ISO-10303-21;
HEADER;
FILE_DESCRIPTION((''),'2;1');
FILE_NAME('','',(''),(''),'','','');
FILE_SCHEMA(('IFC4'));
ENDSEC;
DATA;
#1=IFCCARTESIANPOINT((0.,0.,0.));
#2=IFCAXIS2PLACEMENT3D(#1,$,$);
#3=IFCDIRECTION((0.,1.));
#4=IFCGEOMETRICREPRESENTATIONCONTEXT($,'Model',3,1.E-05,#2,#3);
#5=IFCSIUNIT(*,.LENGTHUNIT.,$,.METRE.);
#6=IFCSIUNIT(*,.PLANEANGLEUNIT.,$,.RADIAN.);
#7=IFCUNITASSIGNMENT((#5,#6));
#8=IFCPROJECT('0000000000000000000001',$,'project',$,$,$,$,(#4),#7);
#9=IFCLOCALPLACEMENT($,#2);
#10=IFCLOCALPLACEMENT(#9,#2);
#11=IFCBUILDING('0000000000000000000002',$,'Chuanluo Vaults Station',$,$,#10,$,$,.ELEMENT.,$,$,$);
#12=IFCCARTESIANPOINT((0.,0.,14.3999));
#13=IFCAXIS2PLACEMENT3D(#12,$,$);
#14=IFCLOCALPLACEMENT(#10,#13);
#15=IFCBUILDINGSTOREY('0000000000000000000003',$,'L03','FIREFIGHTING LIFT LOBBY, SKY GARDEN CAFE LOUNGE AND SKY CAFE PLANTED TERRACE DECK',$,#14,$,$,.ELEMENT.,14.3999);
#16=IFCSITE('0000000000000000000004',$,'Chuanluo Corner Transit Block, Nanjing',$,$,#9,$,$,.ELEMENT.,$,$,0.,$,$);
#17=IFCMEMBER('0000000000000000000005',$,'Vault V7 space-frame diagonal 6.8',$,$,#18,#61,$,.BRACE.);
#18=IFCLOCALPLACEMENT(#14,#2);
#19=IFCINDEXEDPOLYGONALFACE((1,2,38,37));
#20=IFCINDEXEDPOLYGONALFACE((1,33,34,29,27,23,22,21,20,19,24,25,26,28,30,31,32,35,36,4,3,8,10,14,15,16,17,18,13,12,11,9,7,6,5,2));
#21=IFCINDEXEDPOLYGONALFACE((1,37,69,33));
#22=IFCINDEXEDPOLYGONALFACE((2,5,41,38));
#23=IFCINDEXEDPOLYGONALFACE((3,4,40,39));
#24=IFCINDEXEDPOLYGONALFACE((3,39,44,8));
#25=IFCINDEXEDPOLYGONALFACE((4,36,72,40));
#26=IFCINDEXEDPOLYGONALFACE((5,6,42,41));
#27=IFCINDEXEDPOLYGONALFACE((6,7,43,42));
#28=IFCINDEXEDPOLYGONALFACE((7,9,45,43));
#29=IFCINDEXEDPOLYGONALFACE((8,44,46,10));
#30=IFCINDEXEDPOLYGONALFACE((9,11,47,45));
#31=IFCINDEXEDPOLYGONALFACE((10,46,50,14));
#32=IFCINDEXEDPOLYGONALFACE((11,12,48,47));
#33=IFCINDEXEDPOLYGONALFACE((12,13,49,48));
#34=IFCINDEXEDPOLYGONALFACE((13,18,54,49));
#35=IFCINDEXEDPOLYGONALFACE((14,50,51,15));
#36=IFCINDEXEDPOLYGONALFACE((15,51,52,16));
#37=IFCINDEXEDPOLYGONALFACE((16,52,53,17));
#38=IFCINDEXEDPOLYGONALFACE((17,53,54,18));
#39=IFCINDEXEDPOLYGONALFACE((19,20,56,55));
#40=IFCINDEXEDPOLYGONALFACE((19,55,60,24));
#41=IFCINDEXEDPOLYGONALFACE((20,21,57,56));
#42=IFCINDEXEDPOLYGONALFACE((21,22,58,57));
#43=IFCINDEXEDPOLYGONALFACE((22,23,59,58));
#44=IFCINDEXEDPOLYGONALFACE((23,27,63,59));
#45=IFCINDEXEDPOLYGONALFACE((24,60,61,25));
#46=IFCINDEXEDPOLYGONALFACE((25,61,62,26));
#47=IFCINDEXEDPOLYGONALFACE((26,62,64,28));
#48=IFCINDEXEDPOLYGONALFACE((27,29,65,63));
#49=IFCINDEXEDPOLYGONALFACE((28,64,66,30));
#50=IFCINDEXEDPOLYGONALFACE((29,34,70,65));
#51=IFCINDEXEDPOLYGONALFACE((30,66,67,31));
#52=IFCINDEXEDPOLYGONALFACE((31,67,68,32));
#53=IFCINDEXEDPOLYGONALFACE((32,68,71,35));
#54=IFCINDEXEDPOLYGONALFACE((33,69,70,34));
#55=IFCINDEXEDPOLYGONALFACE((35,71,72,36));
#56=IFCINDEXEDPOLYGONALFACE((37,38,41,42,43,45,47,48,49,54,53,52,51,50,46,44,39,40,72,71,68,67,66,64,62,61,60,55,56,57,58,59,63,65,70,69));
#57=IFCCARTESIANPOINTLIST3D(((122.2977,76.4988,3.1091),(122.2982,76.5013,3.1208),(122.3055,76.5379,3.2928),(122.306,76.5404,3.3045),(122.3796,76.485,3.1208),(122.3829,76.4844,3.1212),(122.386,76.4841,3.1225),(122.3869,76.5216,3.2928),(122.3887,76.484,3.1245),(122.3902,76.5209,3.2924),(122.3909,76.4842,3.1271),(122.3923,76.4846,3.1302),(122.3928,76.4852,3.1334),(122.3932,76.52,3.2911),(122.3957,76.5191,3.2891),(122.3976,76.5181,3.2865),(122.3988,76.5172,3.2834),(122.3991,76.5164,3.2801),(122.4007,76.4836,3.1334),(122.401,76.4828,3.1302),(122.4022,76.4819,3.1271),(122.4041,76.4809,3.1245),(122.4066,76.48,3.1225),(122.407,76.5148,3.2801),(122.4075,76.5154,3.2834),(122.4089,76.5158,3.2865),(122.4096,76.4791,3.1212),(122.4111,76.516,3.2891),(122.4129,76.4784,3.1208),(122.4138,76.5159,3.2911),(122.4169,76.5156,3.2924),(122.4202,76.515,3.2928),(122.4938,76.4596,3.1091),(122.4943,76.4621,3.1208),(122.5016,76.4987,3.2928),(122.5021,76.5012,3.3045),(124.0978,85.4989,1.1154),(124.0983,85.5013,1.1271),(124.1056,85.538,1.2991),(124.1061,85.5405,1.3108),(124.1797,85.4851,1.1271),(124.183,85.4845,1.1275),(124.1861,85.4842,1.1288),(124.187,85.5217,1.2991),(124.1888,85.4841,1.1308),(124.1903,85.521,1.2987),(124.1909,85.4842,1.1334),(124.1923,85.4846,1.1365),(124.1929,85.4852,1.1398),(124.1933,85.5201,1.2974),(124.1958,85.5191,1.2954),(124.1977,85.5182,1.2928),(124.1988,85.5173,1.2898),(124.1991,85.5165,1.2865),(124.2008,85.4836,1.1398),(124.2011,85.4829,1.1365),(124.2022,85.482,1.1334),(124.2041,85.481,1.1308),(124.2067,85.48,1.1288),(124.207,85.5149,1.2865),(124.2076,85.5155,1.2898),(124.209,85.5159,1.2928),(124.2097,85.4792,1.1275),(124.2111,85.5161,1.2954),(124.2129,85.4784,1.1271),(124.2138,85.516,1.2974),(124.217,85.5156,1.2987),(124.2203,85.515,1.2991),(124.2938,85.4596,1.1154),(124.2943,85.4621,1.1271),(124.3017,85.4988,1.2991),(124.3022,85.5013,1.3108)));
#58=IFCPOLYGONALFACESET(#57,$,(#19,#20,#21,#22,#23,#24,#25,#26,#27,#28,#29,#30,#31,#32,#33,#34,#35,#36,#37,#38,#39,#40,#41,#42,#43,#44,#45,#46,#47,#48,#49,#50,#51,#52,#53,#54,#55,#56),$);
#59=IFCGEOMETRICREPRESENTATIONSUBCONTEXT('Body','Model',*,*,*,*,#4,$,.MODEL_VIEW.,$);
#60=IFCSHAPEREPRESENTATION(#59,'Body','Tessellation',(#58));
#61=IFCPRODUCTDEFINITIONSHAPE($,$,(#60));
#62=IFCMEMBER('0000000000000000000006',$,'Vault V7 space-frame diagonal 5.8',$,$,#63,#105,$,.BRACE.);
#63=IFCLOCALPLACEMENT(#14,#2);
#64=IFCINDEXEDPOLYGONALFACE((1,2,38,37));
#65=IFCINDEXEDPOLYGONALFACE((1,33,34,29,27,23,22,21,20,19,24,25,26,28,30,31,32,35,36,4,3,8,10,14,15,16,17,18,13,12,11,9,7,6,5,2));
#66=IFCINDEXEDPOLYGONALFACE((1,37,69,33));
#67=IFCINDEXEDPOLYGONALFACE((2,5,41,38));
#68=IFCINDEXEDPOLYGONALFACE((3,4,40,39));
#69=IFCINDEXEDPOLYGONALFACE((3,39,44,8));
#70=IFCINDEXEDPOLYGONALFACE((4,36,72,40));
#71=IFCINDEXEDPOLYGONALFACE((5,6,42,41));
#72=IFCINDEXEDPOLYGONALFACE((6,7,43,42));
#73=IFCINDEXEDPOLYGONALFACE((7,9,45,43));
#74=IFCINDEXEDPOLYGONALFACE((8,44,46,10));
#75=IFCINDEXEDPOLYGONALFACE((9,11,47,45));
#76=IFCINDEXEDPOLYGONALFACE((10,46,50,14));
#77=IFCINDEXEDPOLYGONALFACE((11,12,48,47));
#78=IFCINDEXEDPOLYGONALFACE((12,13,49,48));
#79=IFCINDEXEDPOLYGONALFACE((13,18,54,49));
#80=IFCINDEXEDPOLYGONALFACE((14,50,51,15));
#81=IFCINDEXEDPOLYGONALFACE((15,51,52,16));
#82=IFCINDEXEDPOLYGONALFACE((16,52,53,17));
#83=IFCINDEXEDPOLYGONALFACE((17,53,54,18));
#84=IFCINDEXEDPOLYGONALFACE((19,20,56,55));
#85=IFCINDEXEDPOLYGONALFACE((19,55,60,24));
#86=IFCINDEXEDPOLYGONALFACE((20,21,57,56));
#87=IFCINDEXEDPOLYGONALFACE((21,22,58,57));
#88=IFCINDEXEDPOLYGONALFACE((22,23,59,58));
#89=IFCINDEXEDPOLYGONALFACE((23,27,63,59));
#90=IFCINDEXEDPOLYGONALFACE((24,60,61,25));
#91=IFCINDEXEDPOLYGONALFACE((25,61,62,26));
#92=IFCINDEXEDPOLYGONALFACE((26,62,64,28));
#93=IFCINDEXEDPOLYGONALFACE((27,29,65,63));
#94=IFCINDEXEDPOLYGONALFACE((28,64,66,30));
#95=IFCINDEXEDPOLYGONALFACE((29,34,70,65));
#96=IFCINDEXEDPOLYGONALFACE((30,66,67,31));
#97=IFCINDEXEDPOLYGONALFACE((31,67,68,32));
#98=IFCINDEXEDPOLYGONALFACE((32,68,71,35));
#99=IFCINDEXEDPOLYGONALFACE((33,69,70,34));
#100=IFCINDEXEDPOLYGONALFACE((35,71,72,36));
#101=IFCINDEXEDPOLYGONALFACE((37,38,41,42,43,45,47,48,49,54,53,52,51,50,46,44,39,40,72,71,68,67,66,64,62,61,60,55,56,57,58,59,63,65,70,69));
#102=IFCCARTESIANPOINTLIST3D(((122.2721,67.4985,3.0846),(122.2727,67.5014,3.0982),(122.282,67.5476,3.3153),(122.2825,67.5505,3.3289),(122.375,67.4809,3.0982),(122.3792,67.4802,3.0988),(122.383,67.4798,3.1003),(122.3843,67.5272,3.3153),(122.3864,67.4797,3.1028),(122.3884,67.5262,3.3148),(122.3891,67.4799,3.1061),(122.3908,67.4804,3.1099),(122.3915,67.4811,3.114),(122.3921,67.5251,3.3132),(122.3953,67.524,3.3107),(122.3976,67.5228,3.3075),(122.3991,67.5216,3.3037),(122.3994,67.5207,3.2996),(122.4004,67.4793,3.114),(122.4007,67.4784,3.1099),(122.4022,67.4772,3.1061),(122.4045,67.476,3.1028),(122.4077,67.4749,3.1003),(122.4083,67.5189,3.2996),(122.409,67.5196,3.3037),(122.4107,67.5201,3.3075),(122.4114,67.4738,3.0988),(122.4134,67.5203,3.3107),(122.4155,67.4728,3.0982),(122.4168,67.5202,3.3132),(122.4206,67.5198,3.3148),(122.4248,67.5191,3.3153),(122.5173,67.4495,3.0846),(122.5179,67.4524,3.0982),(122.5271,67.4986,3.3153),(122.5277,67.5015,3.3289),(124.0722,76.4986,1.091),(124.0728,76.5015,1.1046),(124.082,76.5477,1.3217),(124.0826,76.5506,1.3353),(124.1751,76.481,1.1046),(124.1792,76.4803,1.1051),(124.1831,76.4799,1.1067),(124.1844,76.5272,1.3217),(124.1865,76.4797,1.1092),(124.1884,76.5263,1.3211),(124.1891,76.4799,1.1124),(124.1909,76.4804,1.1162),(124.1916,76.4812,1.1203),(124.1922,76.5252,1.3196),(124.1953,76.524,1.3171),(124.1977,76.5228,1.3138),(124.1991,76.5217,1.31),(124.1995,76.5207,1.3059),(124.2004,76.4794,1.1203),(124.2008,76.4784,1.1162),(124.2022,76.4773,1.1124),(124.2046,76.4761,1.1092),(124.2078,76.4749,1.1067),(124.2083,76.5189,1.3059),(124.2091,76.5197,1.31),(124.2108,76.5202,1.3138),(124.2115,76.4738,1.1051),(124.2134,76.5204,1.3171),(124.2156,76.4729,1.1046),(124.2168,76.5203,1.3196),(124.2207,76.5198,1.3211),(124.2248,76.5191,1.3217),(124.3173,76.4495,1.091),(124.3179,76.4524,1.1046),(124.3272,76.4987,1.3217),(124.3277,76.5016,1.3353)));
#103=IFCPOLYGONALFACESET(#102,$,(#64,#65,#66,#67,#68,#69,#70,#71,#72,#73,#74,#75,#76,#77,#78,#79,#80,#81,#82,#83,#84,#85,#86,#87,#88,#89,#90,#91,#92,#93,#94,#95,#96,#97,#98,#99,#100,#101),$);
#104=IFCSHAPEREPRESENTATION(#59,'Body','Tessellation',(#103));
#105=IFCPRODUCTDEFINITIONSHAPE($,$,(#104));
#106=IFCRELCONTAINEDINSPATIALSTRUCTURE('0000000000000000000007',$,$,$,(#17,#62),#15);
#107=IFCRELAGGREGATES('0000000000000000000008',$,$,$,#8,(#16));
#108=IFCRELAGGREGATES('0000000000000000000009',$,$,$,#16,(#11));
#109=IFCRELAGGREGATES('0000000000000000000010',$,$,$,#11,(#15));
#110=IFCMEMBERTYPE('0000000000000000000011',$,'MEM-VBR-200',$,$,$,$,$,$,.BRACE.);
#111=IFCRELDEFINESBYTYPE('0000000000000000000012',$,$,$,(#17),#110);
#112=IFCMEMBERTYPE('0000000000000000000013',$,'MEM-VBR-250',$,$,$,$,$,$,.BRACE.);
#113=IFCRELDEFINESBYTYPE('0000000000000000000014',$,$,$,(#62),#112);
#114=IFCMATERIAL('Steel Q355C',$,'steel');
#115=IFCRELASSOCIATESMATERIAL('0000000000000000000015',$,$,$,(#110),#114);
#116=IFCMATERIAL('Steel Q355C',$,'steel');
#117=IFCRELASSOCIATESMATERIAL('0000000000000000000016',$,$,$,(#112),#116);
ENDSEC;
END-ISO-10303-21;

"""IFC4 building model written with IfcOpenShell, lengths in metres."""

from ifc_helpers import new_model, si_unit, direction, frame, origin, origin_2d, place, context, subcontext, project, spatial, i_section, extrude, material, material_profile, profile_set, type_object, element, save


model = new_model("IFC4")

# Units and contexts
model_context = context("Model", 3, precision=1e-05, world=origin(), true_north=direction((0.0, 1.0)))
body_context = subcontext(model_context, "Body", "Model", "MODEL_VIEW")
ifc_project = project(units=[si_unit("LENGTHUNIT", "METRE"), si_unit("PLANEANGLEUNIT", "RADIAN")], contexts=[model_context])

# Site, building, storey
site_placement = place(None, origin())
site = spatial("IfcSite", under=ifc_project, at=site_placement, Name="Chuanluo Corner Transit Block, Nanjing", CompositionType="ELEMENT", RefElevation=0.0)
building_placement = place(site_placement, origin())
building = spatial("IfcBuilding", under=site, at=building_placement, Name="Chuanluo Vaults Station", CompositionType="ELEMENT")
storey_placement = place(building_placement, frame((0.0, 0.0, 14.3999)))
storey = spatial("IfcBuildingStorey", under=building, at=storey_placement, Name="L03", Description="FIREFIGHTING LIFT LOBBY, SKY GARDEN CAFE LOUNGE AND SKY CAFE PLANTED TERRACE DECK", CompositionType="ELEMENT", Elevation=14.3999)

# Members
ifc_material_1 = material(Name="Steel Q355C", Category="steel")
ifc_material_profile_1 = material_profile(ifc_material_1, i_section(OverallWidth=0.2, OverallDepth=0.2, WebThickness=0.0081, FlangeThickness=0.012, FilletRadius=0.0129, at=origin_2d()))
ifc_profile_set_1 = profile_set([ifc_material_profile_1], Name="Steel Q355C")
member_type_1 = type_object("IfcMemberType", Name="MEM-VBR-200", PredefinedType="BRACE", material=ifc_profile_set_1)
member_1_placement = place(storey_placement, frame((122.3999, 76.5, 3.2068), z_axis=(0.191652, 0.958234, -0.212265), x_axis=(-0.98058, 0.196121, 0.0)))
element("IfcMember", 1, at=member_1_placement, inside=storey, type_object=member_type_1, Name="Vault V7 space-frame diagonal 6.8", PredefinedType="BRACE", context=body_context, shape_type="SweptSolid", body=[
    extrude(i_section(OverallWidth=0.2, OverallDepth=0.2, WebThickness=0.0081, FlangeThickness=0.012, FilletRadius=0.0129, at=origin_2d()), origin(), (0.0, 0.0, 1.0), 9.3923),
])
ifc_material_2 = material(Name="Steel Q355C", Category="steel")
ifc_material_profile_2 = material_profile(ifc_material_2, i_section(OverallWidth=0.25, OverallDepth=0.25, WebThickness=0.009, FlangeThickness=0.0139, FilletRadius=0.0161, at=origin_2d()))
ifc_profile_set_2 = profile_set([ifc_material_profile_2], Name="Steel Q355C")
member_type_2 = type_object("IfcMemberType", Name="MEM-VBR-250", PredefinedType="BRACE", material=ifc_profile_set_2)
member_2_placement = place(storey_placement, frame((122.3999, 67.5, 3.2068), z_axis=(0.191652, 0.958234, -0.212265), x_axis=(-0.98058, 0.196121, 0.0)))
element("IfcMember", 2, at=member_2_placement, inside=storey, type_object=member_type_2, Name="Vault V7 space-frame diagonal 5.8", PredefinedType="BRACE", context=body_context, shape_type="SweptSolid", body=[
    extrude(i_section(OverallWidth=0.25, OverallDepth=0.25, WebThickness=0.009, FlangeThickness=0.0139, FilletRadius=0.0161, at=origin_2d()), origin(), (0.0, 0.0, 1.0), 9.3923),
])

save(model, "model.ifc")
